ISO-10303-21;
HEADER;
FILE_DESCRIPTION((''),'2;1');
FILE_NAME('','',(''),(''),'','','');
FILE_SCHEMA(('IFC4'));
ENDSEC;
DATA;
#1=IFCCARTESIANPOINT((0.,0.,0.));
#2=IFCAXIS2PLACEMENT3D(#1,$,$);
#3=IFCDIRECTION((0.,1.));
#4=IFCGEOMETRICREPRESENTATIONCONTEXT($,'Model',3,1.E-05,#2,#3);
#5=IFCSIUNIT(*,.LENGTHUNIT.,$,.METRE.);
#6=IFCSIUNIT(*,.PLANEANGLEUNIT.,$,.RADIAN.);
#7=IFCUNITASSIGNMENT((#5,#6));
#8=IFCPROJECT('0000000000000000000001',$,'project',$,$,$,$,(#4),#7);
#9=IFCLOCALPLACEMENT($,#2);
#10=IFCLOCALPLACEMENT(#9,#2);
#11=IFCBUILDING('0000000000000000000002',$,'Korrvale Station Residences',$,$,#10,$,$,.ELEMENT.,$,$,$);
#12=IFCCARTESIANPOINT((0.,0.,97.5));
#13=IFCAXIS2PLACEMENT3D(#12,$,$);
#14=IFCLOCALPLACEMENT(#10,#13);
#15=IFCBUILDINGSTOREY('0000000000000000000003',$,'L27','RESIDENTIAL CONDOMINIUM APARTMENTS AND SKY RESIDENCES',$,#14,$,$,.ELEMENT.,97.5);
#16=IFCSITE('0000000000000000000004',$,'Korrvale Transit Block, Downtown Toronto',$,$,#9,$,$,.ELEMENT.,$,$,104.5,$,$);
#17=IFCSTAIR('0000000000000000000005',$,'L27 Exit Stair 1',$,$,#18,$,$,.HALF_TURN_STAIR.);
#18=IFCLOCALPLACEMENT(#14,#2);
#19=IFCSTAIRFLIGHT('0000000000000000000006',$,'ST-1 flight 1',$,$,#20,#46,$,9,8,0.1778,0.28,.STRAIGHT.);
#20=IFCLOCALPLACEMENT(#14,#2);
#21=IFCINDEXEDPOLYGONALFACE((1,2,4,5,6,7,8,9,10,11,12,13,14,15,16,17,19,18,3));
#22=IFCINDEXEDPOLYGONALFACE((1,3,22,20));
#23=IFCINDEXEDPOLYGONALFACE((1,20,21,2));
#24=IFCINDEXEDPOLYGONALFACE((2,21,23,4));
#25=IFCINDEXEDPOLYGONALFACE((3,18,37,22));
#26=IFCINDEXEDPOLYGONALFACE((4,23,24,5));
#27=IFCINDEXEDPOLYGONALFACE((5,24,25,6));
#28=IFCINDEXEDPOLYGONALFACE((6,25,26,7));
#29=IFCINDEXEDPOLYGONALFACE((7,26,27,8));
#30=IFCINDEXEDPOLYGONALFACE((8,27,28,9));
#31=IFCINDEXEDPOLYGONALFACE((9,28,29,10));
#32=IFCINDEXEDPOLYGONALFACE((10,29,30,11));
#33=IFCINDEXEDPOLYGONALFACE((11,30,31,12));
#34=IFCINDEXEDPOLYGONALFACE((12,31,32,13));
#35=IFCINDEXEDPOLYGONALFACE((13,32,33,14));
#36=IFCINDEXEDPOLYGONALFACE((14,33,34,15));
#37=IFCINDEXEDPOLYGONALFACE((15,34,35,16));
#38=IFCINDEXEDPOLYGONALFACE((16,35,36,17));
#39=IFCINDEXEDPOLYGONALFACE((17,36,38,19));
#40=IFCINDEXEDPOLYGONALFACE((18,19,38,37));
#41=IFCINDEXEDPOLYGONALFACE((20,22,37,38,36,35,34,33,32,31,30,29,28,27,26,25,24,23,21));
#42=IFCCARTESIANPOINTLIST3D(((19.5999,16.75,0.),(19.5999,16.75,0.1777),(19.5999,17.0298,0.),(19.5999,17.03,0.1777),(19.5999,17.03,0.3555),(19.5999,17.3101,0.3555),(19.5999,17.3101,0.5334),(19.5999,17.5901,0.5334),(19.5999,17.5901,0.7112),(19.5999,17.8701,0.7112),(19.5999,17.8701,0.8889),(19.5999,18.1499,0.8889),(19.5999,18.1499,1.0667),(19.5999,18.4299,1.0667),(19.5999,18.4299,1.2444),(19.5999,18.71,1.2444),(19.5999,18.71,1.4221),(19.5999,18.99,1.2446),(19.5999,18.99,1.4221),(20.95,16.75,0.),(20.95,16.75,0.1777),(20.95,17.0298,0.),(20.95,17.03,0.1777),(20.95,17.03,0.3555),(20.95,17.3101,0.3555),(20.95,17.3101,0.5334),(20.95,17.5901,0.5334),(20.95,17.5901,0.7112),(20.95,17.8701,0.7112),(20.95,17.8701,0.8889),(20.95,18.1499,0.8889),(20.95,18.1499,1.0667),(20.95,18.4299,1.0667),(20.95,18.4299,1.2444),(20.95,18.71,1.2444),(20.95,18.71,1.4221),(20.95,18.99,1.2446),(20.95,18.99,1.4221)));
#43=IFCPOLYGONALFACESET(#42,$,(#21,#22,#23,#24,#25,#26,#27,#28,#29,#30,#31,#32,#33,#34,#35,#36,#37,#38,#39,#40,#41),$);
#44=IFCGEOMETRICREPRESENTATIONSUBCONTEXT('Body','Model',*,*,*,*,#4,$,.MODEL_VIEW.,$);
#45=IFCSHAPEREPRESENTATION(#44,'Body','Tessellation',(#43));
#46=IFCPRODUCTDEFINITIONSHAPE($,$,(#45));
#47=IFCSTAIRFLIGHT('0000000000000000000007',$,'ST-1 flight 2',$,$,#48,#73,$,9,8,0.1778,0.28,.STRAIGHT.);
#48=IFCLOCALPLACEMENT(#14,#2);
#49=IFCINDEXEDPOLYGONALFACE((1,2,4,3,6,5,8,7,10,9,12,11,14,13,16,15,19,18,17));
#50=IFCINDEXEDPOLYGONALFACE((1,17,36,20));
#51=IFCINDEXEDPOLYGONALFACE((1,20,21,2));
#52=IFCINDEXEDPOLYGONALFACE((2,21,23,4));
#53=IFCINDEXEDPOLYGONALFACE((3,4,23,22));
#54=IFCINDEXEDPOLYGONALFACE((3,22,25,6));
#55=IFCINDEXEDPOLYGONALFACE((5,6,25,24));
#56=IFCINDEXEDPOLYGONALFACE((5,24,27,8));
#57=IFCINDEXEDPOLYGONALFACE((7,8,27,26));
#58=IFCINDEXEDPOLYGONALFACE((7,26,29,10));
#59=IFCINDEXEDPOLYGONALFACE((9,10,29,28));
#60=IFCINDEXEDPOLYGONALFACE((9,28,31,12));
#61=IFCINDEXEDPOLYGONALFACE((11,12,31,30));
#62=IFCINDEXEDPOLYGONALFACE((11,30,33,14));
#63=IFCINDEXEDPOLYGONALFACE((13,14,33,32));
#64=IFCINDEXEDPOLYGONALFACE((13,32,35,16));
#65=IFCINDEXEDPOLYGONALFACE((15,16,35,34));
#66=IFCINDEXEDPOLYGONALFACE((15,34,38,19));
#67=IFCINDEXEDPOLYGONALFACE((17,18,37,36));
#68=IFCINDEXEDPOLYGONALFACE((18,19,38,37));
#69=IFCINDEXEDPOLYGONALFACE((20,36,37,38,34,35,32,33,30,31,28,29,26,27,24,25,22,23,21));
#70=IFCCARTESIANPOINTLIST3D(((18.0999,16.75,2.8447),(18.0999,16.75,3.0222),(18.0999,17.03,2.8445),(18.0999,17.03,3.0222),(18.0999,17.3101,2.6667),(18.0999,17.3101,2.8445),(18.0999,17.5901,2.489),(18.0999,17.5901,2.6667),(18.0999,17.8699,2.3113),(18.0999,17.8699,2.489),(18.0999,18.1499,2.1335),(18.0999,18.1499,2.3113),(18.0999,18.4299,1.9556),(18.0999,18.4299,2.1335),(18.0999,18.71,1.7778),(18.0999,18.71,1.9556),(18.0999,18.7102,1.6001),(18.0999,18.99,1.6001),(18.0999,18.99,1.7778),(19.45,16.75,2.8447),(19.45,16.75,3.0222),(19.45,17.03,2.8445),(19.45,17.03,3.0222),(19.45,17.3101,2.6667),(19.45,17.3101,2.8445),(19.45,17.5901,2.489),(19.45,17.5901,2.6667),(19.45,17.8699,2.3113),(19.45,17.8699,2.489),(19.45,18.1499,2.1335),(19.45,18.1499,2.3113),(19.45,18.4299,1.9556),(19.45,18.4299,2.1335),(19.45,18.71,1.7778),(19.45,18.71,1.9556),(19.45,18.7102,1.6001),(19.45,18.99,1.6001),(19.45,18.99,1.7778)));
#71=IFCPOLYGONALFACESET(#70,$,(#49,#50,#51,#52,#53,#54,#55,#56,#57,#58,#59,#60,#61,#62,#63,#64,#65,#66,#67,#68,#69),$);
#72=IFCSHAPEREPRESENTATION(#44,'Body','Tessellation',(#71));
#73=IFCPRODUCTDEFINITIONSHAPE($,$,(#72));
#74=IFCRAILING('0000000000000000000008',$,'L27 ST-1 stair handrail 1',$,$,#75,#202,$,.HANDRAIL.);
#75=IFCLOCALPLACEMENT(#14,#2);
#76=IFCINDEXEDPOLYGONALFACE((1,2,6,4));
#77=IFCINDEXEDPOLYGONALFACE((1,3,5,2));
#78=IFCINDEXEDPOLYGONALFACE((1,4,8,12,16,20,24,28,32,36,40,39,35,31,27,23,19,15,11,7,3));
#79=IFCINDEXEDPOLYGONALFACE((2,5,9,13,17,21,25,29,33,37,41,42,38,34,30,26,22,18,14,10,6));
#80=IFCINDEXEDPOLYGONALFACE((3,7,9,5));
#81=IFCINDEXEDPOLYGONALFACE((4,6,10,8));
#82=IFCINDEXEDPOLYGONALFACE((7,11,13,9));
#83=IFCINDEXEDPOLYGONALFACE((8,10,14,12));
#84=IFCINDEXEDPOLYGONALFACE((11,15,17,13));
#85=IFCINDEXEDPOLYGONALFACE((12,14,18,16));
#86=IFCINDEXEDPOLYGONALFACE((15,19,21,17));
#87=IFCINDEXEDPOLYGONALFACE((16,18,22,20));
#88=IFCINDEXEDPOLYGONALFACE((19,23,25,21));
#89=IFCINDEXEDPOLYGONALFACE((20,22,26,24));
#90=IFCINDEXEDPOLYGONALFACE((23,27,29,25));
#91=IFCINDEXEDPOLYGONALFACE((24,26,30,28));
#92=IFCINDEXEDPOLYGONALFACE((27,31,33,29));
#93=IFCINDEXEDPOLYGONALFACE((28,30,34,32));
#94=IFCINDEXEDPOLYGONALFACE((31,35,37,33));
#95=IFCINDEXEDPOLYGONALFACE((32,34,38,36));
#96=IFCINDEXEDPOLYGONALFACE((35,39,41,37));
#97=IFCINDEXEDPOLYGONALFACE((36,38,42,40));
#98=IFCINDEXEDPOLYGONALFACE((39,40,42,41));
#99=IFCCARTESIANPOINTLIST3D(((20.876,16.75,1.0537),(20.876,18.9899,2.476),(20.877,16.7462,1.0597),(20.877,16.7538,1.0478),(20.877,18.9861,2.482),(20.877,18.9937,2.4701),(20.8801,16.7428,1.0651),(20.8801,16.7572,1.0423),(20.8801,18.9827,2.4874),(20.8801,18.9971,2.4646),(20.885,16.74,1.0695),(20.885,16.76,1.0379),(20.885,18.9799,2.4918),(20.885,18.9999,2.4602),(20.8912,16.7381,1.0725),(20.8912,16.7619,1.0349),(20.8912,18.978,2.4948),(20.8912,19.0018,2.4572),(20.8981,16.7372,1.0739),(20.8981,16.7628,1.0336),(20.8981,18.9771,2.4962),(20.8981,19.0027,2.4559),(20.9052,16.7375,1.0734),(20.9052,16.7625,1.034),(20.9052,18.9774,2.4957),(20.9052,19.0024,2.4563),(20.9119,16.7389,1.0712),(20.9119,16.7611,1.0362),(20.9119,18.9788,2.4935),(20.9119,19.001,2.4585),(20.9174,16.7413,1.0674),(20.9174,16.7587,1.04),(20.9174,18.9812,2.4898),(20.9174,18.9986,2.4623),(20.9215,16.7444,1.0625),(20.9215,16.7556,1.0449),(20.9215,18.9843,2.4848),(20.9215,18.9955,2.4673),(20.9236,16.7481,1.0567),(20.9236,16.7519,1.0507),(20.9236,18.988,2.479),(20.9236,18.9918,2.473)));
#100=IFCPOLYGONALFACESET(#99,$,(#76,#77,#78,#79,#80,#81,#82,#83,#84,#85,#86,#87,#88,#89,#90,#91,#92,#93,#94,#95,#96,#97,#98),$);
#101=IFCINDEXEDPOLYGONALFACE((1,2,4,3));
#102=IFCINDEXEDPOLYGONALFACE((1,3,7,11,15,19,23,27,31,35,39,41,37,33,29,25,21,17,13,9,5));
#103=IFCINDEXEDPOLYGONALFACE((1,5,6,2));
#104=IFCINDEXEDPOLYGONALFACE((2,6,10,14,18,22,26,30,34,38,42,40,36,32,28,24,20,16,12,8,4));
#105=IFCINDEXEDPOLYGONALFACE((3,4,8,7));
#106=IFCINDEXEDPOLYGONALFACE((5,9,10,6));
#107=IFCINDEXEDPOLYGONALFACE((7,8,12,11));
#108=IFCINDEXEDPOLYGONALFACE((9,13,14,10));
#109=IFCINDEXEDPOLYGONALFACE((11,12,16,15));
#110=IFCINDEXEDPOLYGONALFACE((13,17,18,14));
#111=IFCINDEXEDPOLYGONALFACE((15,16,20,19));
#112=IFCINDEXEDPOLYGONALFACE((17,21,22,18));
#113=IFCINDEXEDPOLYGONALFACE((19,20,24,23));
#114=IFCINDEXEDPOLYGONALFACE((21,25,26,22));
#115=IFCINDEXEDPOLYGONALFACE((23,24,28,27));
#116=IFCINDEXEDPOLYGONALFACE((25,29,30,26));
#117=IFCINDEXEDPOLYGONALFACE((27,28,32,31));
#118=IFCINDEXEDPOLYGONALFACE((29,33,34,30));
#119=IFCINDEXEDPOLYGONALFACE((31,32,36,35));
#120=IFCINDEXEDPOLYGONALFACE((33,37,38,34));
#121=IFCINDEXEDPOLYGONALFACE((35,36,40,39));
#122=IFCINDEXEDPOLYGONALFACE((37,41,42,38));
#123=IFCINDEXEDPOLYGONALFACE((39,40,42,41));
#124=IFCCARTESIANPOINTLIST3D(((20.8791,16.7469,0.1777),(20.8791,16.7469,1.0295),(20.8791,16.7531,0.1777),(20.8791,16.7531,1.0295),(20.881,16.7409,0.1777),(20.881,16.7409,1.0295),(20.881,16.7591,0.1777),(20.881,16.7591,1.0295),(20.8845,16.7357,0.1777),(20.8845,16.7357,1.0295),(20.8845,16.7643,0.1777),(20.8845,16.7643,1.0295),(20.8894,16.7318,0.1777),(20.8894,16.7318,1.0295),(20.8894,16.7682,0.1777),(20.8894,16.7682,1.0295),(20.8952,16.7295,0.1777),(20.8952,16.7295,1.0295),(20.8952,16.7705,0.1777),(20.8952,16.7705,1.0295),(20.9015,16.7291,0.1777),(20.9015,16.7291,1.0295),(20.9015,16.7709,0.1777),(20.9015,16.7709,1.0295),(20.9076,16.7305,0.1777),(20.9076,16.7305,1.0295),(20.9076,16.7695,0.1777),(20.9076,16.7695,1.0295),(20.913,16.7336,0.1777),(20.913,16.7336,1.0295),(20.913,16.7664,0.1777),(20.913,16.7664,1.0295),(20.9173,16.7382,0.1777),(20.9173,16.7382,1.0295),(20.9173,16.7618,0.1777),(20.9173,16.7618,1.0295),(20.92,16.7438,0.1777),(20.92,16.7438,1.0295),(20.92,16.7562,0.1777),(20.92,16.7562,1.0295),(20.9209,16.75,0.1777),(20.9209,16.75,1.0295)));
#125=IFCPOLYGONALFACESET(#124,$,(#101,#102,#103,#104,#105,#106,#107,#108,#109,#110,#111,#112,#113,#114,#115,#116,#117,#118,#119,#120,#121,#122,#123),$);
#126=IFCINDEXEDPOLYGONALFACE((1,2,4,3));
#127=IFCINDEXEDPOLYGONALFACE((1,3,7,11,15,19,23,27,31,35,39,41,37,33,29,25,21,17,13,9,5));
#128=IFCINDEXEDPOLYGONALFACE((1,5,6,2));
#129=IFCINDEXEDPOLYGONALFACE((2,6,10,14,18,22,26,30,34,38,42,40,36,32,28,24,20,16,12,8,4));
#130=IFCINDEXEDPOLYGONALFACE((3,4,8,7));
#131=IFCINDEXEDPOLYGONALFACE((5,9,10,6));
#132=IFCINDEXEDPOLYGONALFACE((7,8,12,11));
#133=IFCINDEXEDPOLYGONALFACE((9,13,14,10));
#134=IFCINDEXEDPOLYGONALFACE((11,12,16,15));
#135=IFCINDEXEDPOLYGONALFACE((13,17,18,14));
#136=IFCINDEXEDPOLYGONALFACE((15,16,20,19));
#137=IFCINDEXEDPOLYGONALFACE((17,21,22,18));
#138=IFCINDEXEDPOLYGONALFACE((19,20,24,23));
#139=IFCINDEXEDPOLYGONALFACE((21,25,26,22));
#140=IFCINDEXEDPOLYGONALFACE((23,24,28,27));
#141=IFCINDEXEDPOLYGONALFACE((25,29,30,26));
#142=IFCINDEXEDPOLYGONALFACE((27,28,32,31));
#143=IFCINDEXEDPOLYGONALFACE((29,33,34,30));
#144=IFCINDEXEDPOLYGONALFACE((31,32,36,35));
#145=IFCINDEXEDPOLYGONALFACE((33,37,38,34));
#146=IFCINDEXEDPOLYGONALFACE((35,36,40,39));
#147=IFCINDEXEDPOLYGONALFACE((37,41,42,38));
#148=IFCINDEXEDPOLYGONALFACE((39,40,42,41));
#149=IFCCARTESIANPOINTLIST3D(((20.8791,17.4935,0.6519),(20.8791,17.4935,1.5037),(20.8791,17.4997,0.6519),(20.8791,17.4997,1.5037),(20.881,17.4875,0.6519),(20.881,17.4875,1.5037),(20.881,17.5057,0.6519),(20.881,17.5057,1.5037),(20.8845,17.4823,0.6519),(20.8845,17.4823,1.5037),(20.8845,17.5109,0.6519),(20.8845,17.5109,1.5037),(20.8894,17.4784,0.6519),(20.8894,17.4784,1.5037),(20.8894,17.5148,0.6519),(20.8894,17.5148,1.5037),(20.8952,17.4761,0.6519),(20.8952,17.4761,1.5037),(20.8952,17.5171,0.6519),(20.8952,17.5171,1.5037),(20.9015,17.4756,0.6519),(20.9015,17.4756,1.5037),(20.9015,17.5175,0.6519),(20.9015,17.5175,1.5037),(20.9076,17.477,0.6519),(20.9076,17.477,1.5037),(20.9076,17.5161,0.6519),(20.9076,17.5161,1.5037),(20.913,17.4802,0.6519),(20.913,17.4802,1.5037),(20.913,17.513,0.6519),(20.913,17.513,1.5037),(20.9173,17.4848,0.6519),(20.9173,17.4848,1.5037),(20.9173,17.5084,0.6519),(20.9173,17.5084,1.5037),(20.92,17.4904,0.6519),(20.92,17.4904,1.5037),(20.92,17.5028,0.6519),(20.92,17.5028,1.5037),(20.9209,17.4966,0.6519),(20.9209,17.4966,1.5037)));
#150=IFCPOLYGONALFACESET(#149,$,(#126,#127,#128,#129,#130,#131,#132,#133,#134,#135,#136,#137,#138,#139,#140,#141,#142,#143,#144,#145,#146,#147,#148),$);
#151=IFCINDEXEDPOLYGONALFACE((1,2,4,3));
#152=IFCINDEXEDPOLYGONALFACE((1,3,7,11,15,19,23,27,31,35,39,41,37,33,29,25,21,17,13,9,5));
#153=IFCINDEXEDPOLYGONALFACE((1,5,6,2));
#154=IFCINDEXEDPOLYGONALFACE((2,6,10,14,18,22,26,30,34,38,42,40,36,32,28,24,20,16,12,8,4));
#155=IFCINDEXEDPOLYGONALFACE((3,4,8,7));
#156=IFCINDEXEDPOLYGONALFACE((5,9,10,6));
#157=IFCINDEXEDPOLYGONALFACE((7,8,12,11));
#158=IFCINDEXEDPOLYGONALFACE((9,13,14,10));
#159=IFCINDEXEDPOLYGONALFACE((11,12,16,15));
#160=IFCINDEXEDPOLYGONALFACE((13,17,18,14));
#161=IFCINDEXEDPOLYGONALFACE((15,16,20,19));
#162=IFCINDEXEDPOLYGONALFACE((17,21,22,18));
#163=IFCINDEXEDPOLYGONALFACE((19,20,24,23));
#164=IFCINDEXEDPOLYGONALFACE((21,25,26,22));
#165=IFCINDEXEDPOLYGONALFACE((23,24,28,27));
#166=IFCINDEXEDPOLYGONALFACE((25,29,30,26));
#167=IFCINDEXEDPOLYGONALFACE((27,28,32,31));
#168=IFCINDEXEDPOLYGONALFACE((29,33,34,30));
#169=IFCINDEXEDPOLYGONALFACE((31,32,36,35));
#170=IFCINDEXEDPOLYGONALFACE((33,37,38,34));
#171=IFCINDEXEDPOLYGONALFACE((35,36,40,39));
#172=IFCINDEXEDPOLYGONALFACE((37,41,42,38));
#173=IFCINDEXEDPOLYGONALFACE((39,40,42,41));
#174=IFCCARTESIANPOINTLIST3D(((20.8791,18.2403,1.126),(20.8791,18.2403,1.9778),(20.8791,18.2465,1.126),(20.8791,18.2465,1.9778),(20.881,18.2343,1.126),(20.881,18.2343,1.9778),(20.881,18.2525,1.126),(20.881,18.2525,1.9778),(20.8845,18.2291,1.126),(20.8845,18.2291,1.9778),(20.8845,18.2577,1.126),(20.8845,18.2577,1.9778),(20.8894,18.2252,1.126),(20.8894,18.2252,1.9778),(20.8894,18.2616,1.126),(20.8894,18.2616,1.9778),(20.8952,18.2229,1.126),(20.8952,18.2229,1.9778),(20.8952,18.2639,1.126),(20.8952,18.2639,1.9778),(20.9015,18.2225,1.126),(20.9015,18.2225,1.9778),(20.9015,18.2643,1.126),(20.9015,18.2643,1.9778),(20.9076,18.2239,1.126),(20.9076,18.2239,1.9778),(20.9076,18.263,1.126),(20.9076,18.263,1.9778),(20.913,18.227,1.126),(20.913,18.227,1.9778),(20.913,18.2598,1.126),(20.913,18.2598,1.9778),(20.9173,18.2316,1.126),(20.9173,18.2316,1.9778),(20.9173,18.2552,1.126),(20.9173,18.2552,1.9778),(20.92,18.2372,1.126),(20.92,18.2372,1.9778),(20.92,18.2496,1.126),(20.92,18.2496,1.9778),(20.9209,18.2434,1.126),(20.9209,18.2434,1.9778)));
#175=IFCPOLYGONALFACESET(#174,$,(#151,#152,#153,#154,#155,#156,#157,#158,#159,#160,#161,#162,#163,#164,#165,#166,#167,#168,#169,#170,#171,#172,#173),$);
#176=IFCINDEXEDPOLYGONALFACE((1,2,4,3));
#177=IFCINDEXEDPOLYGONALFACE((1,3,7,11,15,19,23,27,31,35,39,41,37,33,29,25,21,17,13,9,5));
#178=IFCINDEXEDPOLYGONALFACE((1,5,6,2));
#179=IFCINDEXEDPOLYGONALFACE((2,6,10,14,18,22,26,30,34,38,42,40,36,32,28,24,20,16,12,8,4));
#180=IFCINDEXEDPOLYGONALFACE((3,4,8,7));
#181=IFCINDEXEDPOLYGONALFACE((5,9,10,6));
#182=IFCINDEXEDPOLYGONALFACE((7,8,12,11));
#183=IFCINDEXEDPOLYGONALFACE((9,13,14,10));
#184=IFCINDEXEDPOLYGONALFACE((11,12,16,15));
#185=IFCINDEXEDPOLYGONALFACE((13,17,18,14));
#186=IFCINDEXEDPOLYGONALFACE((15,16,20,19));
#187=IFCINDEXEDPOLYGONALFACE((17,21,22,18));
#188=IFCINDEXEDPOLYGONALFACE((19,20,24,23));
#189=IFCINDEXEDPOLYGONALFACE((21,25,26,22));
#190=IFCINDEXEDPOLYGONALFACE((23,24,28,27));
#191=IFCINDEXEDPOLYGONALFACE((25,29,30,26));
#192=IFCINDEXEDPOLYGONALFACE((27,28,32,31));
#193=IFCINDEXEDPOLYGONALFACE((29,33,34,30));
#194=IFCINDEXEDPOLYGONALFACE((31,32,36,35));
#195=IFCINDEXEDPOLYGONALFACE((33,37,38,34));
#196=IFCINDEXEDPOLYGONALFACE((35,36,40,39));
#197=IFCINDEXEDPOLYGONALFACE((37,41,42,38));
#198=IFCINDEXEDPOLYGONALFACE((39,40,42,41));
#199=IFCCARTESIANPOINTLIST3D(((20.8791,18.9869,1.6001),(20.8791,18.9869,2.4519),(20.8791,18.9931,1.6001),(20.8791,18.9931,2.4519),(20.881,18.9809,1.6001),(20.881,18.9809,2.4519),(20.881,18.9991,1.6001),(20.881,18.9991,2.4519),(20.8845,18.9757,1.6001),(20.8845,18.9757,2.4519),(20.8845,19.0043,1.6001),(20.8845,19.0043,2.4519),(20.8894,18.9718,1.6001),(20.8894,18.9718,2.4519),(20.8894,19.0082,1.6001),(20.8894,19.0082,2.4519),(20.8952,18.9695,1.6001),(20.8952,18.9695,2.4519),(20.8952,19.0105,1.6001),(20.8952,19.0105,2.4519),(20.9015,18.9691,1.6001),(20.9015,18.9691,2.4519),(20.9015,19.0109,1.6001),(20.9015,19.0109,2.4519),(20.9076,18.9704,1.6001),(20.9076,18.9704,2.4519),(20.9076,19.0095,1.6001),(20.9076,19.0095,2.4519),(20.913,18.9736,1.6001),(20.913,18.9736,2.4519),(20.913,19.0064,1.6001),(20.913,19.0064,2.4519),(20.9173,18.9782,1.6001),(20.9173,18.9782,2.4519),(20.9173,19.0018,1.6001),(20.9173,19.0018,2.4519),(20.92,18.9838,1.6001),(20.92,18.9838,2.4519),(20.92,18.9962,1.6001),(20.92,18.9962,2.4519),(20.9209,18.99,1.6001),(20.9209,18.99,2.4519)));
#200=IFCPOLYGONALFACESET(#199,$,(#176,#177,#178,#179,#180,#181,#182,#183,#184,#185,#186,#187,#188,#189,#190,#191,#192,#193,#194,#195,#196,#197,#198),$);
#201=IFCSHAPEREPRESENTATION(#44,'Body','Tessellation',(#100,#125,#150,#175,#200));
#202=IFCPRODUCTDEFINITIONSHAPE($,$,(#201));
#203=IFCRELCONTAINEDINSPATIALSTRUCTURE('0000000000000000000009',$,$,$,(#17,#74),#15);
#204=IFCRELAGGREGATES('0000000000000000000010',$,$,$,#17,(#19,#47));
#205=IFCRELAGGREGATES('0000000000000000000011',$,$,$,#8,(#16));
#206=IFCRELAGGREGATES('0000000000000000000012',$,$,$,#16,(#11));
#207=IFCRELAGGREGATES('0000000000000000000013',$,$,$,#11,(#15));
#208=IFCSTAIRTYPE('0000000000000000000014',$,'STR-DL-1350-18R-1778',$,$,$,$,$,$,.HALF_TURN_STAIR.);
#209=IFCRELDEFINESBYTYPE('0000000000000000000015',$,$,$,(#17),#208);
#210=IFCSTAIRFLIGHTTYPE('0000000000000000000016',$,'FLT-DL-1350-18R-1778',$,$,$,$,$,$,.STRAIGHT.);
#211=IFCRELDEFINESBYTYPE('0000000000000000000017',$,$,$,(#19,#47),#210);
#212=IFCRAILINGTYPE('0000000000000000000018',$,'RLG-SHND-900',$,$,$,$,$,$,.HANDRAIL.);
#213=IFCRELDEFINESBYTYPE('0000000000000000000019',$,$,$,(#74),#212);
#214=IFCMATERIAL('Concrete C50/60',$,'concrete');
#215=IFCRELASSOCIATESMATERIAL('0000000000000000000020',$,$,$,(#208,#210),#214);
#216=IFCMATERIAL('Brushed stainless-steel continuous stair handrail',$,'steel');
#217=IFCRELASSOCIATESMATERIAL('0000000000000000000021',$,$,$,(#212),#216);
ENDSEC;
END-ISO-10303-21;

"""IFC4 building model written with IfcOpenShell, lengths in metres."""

from ifc_helpers import new_model, si_unit, direction, frame, origin, origin_2d, place, context, subcontext, project, spatial, polyline, circle, outline, extrude, material, type_object, element, aggregate, save


model = new_model("IFC4")

# Units and contexts
model_context = context("Model", 3, precision=1e-05, world=origin(), true_north=direction((0.0, 1.0)))
body_context = subcontext(model_context, "Body", "Model", "MODEL_VIEW")
ifc_project = project(units=[si_unit("LENGTHUNIT", "METRE"), si_unit("PLANEANGLEUNIT", "RADIAN")], contexts=[model_context])

# Site, building, storey
site_placement = place(None, origin())
site = spatial("IfcSite", under=ifc_project, at=site_placement, Name="Korrvale Transit Block, Downtown Toronto", CompositionType="ELEMENT", RefElevation=104.5)
building_placement = place(site_placement, origin())
building = spatial("IfcBuilding", under=site, at=building_placement, Name="Korrvale Station Residences", CompositionType="ELEMENT")
storey_placement = place(building_placement, frame((0.0, 0.0, 97.5)))
storey = spatial("IfcBuildingStorey", under=building, at=storey_placement, Name="L27", Description="RESIDENTIAL CONDOMINIUM APARTMENTS AND SKY RESIDENCES", CompositionType="ELEMENT", Elevation=97.5)

# Stair, stair flights
ifc_material_1 = material(Name="Concrete C50/60", Category="concrete")
stair_type = type_object("IfcStairType", Name="STR-DL-1350-18R-1778", PredefinedType="HALF_TURN_STAIR", material=ifc_material_1)
stair_placement = place(storey_placement, origin())
stair = element("IfcStair", 1, at=stair_placement, inside=storey, type_object=stair_type, Name="L27 Exit Stair 1", PredefinedType="HALF_TURN_STAIR")
stair_flight_type = type_object("IfcStairFlightType", Name="FLT-DL-1350-18R-1778", PredefinedType="STRAIGHT", material=ifc_material_1)
stair_flight_1_placement = place(storey_placement, frame((20.2749, 16.75, 0.0), z_axis=(0.0, 0.0, 1.0), x_axis=(0.0, 1.0, 0.0)))
stair_flight_1 = element("IfcStairFlight", 2, at=stair_flight_1_placement, type_object=stair_flight_type, Name="ST-1 flight 1", NumberOfRisers=9, NumberOfTreads=8, PredefinedType="STRAIGHT", RiserHeight=0.1778, TreadLength=0.28, context=body_context, shape_type="SweptSolid", body=[
    extrude(outline(polyline([(0.0, 0.0), (0.0, 0.1777), (0.28, 0.1777), (0.28, 0.3555), (0.5601, 0.3555), (0.5601, 0.5334), (0.8401, 0.5334), (0.8401, 0.7112), (1.1201, 0.7112), (1.1201, 0.8889), (1.3999, 0.8889), (1.3999, 1.0667), (1.6799, 1.0667), (1.6799, 1.2444), (1.96, 1.2444), (1.96, 1.4221), (2.24, 1.4221), (2.24, 1.6001), (2.24, 1.2446), (0.2798, 0.0), (0.0, 0.0)])), frame((0.0, 0.675, 0.0), z_axis=(0.0, -1.0, 0.0), x_axis=(1.0, 0.0, 0.0)), (0.0, 0.0, 1.0), 1.3501),
])
stair_flight_2_placement = place(storey_placement, frame((18.7749, 18.99, 1.6001), z_axis=(0.0, 0.0, 1.0), x_axis=(0.0, -1.0, 0.0)))
stair_flight_2 = element("IfcStairFlight", 3, at=stair_flight_2_placement, type_object=stair_flight_type, Name="ST-1 flight 2", NumberOfRisers=9, NumberOfTreads=8, PredefinedType="STRAIGHT", RiserHeight=0.1778, TreadLength=0.28, context=body_context, shape_type="SweptSolid", body=[
    extrude(outline(polyline([(0.0, 0.0), (0.0, 0.1777), (0.28, 0.1777), (0.28, 0.3555), (0.5601, 0.3555), (0.5601, 0.5334), (0.8401, 0.5334), (0.8401, 0.7112), (1.1201, 0.7112), (1.1201, 0.8889), (1.3999, 0.8889), (1.3999, 1.0667), (1.6799, 1.0667), (1.6799, 1.2444), (1.96, 1.2444), (1.96, 1.4221), (2.24, 1.4221), (2.24, 1.6001), (2.24, 1.2446), (0.2798, 0.0), (0.0, 0.0)])), frame((0.0, 0.675, 0.0), z_axis=(0.0, -1.0, 0.0), x_axis=(1.0, 0.0, 0.0)), (0.0, 0.0, 1.0), 1.3501),
])
aggregate(stair, [stair_flight_1, stair_flight_2])

# Railing
ifc_material_2 = material(Name="Brushed stainless-steel continuous stair handrail", Category="steel")
railing_type_1 = type_object("IfcRailingType", Name="RLG-SHND-900", PredefinedType="HANDRAIL", material=ifc_material_2)
railing_1_placement = place(storey_placement, frame((20.8999, 16.75, 0.1777)))
element("IfcRailing", 4, at=railing_1_placement, inside=storey, type_object=railing_type_1, Name="L27 ST-1 stair handrail 1", PredefinedType="HANDRAIL", context=body_context, shape_type="SweptSolid", body=[
    extrude(circle(Radius=0.0239, at=origin_2d()), frame((0.0, 0.0, 0.876), z_axis=(0.0, 0.844188, 0.536048), x_axis=(-1.0, 0.0, 0.0)), (0.0, 0.0, 1.0), 2.6533),
    extrude(circle(Radius=0.021, at=origin_2d()), origin(), (0.0, 0.0, 1.0), 0.8518),
    extrude(circle(Radius=0.021, at=origin_2d()), frame((0.0, 0.7466, 0.4741)), (0.0, 0.0, 1.0), 0.8518),
    extrude(circle(Radius=0.021, at=origin_2d()), frame((0.0, 1.4934, 0.9482)), (0.0, 0.0, 1.0), 0.8518),
    extrude(circle(Radius=0.021, at=origin_2d()), frame((0.0, 2.24, 1.4224)), (0.0, 0.0, 1.0), 0.8518),
])

save(model, "model.ifc")
